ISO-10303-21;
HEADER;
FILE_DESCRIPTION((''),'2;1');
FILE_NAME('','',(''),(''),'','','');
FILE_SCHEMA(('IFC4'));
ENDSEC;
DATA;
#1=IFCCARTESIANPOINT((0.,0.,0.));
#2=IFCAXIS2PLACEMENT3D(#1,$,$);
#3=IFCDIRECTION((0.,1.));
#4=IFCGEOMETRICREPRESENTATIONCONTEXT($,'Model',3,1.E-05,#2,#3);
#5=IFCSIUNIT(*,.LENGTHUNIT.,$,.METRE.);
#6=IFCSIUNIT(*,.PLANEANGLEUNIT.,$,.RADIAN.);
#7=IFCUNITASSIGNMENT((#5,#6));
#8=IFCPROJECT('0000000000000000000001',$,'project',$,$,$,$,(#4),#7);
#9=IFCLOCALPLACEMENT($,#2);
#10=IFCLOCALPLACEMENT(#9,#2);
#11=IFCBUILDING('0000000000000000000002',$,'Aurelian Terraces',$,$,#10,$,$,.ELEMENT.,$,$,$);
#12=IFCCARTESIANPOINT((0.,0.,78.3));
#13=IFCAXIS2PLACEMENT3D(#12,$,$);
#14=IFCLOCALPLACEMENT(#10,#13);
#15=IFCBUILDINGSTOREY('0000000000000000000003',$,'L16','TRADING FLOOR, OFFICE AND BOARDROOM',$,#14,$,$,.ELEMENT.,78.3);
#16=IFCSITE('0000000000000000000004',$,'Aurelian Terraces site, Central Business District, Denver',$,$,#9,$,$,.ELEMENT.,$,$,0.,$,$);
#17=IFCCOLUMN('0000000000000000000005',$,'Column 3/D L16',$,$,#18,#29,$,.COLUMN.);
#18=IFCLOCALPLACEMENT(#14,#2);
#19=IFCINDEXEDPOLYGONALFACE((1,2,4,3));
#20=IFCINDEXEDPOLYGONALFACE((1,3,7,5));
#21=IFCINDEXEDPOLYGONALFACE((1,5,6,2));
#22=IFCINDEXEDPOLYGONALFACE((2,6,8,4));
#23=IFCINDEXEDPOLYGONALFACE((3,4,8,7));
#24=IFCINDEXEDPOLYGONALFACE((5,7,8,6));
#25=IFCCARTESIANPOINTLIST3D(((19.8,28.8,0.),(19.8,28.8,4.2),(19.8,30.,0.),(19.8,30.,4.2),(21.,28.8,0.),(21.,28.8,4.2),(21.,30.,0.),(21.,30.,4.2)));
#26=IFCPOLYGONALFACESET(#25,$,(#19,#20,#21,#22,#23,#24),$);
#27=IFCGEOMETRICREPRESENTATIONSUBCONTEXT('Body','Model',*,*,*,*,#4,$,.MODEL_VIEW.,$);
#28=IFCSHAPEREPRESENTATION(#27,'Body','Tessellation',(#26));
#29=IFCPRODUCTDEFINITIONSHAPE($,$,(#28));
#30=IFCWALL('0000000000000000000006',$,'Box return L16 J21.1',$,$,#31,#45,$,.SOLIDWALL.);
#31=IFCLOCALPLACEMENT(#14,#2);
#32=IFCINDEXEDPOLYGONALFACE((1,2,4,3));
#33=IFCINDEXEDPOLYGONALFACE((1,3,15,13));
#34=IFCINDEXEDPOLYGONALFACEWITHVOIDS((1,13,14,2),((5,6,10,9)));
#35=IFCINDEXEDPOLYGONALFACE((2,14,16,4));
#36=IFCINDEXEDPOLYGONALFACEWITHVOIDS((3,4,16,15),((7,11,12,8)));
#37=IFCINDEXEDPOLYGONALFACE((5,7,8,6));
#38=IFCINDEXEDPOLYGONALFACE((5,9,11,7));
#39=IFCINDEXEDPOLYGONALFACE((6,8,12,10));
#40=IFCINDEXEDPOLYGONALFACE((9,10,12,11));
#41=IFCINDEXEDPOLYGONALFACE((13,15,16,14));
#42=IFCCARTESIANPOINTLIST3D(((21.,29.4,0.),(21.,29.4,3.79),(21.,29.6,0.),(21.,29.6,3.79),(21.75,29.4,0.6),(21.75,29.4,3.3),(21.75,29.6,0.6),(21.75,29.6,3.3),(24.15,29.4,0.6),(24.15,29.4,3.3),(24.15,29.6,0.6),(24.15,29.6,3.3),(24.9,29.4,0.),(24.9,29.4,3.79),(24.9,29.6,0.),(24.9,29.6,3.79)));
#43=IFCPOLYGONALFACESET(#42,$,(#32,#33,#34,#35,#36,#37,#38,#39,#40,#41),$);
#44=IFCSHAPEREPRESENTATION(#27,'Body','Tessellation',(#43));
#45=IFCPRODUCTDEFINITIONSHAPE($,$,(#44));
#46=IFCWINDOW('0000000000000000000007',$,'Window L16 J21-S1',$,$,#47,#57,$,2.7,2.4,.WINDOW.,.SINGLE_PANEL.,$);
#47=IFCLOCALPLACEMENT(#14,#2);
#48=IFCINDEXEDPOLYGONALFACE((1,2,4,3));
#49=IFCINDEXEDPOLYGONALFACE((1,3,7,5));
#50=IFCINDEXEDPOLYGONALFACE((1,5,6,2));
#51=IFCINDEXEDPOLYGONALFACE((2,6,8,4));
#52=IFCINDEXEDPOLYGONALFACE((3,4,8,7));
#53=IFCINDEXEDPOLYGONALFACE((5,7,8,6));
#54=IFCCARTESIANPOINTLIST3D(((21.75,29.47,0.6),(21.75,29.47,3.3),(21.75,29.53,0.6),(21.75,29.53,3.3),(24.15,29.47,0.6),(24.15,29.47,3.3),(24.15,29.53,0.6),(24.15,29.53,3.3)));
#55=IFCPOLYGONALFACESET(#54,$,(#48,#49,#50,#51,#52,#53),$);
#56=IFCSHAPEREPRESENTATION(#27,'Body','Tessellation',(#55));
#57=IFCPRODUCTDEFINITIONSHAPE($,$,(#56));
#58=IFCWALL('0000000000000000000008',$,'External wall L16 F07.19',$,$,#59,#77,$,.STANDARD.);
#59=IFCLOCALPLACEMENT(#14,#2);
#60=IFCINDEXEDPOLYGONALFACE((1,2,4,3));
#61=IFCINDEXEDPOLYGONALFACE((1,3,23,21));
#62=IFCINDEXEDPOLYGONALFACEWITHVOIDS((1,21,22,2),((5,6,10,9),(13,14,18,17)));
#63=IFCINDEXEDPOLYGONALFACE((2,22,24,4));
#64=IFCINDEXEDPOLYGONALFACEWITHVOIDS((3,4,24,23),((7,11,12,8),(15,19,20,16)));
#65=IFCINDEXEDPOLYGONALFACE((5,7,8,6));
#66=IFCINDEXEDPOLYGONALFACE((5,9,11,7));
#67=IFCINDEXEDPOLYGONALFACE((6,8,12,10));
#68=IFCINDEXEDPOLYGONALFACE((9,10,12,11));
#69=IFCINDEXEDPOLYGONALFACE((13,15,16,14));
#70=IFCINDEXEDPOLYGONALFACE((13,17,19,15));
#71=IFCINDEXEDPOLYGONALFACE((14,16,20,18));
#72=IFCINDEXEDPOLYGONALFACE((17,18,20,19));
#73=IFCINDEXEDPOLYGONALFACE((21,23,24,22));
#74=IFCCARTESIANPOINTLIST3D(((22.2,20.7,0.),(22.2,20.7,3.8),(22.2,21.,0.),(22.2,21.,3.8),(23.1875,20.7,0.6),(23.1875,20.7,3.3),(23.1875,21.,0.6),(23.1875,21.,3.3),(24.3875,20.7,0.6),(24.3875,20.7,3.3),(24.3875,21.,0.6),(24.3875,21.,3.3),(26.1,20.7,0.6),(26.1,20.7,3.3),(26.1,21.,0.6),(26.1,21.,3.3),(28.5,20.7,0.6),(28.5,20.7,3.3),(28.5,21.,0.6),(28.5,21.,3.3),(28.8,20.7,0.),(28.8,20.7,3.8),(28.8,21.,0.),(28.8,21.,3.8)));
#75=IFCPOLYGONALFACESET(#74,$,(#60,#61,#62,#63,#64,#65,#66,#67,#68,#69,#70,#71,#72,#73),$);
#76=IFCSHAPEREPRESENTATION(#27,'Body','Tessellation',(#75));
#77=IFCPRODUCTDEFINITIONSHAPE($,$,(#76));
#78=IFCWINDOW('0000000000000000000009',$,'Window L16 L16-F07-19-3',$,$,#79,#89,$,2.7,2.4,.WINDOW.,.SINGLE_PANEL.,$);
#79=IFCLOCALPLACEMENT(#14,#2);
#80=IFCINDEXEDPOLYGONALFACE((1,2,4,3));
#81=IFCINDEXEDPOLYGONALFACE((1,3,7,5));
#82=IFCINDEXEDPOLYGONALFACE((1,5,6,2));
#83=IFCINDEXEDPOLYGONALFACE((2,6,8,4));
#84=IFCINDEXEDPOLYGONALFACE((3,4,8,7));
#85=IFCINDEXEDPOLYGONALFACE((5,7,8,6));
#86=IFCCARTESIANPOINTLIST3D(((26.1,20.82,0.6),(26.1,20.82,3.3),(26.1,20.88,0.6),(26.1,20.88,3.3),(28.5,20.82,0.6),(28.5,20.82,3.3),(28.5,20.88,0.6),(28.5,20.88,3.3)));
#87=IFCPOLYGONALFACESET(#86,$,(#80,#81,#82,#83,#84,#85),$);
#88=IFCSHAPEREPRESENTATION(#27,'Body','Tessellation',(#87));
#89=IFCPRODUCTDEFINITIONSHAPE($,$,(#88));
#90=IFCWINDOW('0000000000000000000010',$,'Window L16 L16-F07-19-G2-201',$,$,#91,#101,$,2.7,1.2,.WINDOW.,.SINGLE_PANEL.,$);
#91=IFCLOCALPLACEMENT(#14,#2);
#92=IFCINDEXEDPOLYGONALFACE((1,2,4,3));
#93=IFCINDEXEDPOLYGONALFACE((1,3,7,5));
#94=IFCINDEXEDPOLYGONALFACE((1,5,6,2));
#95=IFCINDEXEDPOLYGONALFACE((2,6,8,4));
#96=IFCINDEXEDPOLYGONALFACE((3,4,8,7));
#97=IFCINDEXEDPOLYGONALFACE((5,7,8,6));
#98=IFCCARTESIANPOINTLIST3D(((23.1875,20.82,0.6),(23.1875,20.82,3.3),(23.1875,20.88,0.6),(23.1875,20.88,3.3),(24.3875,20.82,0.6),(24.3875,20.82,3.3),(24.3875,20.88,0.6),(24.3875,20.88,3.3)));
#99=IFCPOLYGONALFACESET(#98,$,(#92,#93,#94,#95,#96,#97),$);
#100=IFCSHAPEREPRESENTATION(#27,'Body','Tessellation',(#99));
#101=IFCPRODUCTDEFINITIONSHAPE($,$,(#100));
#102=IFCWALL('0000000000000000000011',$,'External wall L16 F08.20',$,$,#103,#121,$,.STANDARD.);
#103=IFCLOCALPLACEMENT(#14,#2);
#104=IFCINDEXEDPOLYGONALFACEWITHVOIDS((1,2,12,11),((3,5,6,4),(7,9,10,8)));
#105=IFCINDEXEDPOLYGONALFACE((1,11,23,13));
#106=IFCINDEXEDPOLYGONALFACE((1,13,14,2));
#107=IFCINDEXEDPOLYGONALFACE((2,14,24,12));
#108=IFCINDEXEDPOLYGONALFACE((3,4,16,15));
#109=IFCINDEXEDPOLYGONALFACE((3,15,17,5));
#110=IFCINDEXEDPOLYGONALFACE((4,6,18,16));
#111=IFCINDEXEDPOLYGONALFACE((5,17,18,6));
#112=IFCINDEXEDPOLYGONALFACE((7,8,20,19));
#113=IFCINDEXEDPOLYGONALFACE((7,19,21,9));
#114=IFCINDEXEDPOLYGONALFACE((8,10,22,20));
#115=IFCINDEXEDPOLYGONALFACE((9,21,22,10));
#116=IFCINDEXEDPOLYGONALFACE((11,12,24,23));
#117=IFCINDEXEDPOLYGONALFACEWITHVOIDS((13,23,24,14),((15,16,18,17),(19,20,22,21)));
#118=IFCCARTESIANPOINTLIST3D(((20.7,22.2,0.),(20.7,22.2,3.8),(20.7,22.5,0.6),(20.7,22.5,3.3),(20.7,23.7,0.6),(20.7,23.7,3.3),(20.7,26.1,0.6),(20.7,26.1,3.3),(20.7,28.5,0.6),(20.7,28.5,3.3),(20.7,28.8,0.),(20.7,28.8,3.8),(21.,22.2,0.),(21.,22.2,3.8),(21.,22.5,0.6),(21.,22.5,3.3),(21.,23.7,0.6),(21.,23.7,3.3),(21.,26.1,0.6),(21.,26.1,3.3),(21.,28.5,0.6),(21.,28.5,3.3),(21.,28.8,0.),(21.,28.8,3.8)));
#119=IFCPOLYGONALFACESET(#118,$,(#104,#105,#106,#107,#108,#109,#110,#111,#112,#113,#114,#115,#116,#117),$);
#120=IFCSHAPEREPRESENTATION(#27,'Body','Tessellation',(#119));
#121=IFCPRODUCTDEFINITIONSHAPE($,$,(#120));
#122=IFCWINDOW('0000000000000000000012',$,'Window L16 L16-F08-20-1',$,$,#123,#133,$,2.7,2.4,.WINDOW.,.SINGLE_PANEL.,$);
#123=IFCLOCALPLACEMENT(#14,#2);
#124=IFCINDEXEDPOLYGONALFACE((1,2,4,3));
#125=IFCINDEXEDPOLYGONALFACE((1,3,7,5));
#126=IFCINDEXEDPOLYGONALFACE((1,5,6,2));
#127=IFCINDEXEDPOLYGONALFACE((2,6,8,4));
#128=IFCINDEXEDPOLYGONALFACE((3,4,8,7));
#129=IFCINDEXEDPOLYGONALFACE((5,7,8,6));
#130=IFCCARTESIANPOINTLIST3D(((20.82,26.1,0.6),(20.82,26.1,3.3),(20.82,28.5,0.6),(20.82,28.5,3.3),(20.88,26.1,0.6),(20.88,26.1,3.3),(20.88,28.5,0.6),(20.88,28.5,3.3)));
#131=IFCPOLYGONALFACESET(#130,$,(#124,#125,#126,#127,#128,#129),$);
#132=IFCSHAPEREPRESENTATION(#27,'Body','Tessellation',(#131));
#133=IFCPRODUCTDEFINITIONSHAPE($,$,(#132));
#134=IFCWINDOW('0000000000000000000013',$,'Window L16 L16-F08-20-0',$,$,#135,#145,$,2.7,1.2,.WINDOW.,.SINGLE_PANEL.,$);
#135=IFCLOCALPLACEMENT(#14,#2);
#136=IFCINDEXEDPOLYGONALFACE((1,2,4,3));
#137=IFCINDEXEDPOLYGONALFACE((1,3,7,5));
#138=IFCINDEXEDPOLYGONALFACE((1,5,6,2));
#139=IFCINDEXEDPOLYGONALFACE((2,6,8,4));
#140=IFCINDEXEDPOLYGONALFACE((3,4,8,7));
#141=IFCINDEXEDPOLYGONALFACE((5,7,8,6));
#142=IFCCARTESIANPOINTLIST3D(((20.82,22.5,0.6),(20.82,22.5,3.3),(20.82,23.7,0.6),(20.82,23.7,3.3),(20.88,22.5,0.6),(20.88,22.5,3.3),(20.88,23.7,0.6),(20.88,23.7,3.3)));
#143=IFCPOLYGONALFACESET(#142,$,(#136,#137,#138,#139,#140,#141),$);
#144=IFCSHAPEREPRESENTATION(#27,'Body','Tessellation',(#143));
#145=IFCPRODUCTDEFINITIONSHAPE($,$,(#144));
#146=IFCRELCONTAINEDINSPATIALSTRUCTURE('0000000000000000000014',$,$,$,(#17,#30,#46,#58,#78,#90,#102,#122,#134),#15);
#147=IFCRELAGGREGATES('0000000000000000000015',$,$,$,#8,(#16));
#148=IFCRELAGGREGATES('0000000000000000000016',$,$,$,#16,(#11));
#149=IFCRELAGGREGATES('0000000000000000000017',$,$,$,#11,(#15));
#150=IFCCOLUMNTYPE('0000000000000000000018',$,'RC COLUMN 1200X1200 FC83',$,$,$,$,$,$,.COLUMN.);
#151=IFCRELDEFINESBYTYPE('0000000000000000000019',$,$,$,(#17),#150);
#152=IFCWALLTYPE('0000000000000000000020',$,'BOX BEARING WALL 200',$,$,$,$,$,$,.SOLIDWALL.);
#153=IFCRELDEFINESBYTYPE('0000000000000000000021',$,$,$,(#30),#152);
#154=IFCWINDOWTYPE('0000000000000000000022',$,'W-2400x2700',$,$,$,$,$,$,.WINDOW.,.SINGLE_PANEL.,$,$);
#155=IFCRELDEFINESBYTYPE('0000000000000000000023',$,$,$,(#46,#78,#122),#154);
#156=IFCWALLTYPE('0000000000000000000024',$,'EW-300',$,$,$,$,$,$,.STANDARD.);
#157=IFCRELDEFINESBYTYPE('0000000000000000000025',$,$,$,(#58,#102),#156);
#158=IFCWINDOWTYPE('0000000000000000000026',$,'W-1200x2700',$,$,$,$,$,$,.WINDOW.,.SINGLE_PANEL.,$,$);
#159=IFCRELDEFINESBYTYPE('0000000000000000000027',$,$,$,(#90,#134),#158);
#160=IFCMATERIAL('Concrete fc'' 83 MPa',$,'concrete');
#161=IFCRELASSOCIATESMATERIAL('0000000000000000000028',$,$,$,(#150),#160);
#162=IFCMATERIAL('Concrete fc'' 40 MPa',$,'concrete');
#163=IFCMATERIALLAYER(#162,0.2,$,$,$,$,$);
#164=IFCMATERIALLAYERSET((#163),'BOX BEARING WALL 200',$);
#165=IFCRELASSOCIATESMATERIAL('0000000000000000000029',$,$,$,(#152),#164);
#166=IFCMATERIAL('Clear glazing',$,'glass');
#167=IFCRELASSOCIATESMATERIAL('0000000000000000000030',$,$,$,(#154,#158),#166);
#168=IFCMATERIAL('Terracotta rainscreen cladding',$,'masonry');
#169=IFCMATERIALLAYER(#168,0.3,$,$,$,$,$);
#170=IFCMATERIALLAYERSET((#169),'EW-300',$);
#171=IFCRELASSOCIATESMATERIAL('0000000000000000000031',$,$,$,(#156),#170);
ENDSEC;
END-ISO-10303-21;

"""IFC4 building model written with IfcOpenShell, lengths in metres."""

from ifc_helpers import new_model, si_unit, direction, frame, frame_2d, origin, origin_2d, place, context, subcontext, project, spatial, rectangle, extrude, source, transform, mapped, material, layer, layer_set, material_profile, profile_set, type_object, element, fill, save


model = new_model("IFC4")

# Units and contexts
model_context = context("Model", 3, precision=1e-05, world=origin(), true_north=direction((0.0, 1.0)))
body_context = subcontext(model_context, "Body", "Model", "MODEL_VIEW")
ifc_project = project(units=[si_unit("LENGTHUNIT", "METRE"), si_unit("PLANEANGLEUNIT", "RADIAN")], contexts=[model_context])

# Site, building, storey
site_placement = place(None, origin())
site = spatial("IfcSite", under=ifc_project, at=site_placement, Name="Aurelian Terraces site, Central Business District, Denver", CompositionType="ELEMENT", RefElevation=0.0)
building_placement = place(site_placement, origin())
building = spatial("IfcBuilding", under=site, at=building_placement, Name="Aurelian Terraces", CompositionType="ELEMENT")
storey_placement = place(building_placement, frame((0.0, 0.0, 78.3)))
storey = spatial("IfcBuildingStorey", under=building, at=storey_placement, Name="L16", Description="TRADING FLOOR, OFFICE AND BOARDROOM", CompositionType="ELEMENT", Elevation=78.3)

# Column
ifc_material_1 = material(Name="Concrete fc' 83 MPa", Category="concrete")
ifc_material_profile = material_profile(ifc_material_1, rectangle(XDim=1.2, YDim=1.2, at=origin_2d()))
ifc_profile_set = profile_set([ifc_material_profile], Name="Concrete fc' 83 MPa")
column_type = type_object("IfcColumnType", Name="RC COLUMN 1200X1200 FC83", PredefinedType="COLUMN", material=ifc_profile_set)
shared_shape_1 = source(origin(), body_context, "Body", "SweptSolid", [
    extrude(rectangle(XDim=1.2, YDim=1.2, at=origin_2d()), origin(), (0.0, 0.0, 1.0), 4.2),
])
column_placement = place(storey_placement, frame((20.4, 29.4, 0.0), z_axis=(0.0, 0.0, 1.0), x_axis=(1.0, 0.0, 0.0)))
element("IfcColumn", 1, at=column_placement, inside=storey, type_object=column_type, Name="Column 3/D L16", PredefinedType="COLUMN", context=body_context, shape_type="MappedRepresentation", body=[
    mapped(shared_shape_1, transform((0.0, 0.0, 0.0), scale=1.0)),
])

# Wall, opening, window
ifc_material_2 = material(Name="Concrete fc' 40 MPa", Category="concrete")
ifc_layer_1 = layer(ifc_material_2, 0.2)
ifc_layer_set_1 = layer_set([ifc_layer_1], Name="BOX BEARING WALL 200")
wall_type_1 = type_object("IfcWallType", Name="BOX BEARING WALL 200", PredefinedType="SOLIDWALL", material=ifc_layer_set_1)
shared_shape_2 = source(origin(), body_context, "Body", "SweptSolid", [
    extrude(rectangle(XDim=3.9, YDim=0.2, at=frame_2d((1.95, 0.0))), origin(), (0.0, 0.0, 1.0), 3.79),
])
wall_1_placement = place(storey_placement, frame((21.0, 29.5, 0.0), z_axis=(0.0, 0.0, 1.0), x_axis=(1.0, 0.0, 0.0)))
wall_1 = element("IfcWall", 2, at=wall_1_placement, inside=storey, type_object=wall_type_1, Name="Box return L16 J21.1", PredefinedType="SOLIDWALL", context=body_context, shape_type="MappedRepresentation", body=[
    mapped(shared_shape_2, transform((0.0, 0.0, 0.0), scale=1.0)),
])
shared_shape_3 = source(origin(), body_context, "Body", "SweptSolid", [
    extrude(rectangle(XDim=2.4, YDim=2.7, at=frame_2d((1.2, 1.35))), frame((0.0, 0.11, 0.0), z_axis=(0.0, -1.0, 0.0), x_axis=(1.0, 0.0, 0.0)), (0.0, 0.0, 1.0), 0.22),
])
opening_1_placement = place(wall_1_placement, frame((0.75, 0.0, 0.6)))
opening_1 = element("IfcOpeningElement", 3, at=opening_1_placement, cuts=wall_1, PredefinedType="OPENING", context=body_context, shape_type="MappedRepresentation", body=[
    mapped(shared_shape_3, transform((0.0, 0.0, 0.0), scale=1.0)),
])
ifc_material_3 = material(Name="Clear glazing", Category="glass")
window_type_1 = type_object("IfcWindowType", Name="W-2400x2700", PartitioningType="SINGLE_PANEL", PredefinedType="WINDOW", material=ifc_material_3)
shared_shape_4 = source(origin(), body_context, "Body", "SweptSolid", [
    extrude(rectangle(XDim=2.4, YDim=2.7, at=frame_2d((1.2, 1.35))), frame((0.0, 0.03, 0.0), z_axis=(0.0, -1.0, 0.0), x_axis=(1.0, 0.0, 0.0)), (0.0, 0.0, 1.0), 0.06),
])
window_1_placement = place(opening_1_placement, origin())
window_1 = element("IfcWindow", 4, at=window_1_placement, inside=storey, type_object=window_type_1, Name="Window L16 J21-S1", OverallHeight=2.7, OverallWidth=2.4, PartitioningType="SINGLE_PANEL", PredefinedType="WINDOW", context=body_context, shape_type="MappedRepresentation", body=[
    mapped(shared_shape_4, transform((0.0, 0.0, 0.0), scale=1.0)),
])
fill(opening_1, window_1)

# Walls, openings, windows
ifc_material_4 = material(Name="Terracotta rainscreen cladding", Category="masonry")
ifc_layer_2 = layer(ifc_material_4, 0.3)
ifc_layer_set_2 = layer_set([ifc_layer_2], Name="EW-300")
wall_type_2 = type_object("IfcWallType", Name="EW-300", PredefinedType="STANDARD", material=ifc_layer_set_2)
shared_shape_5 = source(origin(), body_context, "Body", "SweptSolid", [
    extrude(rectangle(XDim=6.6, YDim=0.3, at=frame_2d((3.3, 0.0))), origin(), (0.0, 0.0, 1.0), 3.8),
])
wall_2_placement = place(storey_placement, frame((28.8, 20.85, 0.0), z_axis=(0.0, 0.0, 1.0), x_axis=(-1.0, 0.0, 0.0)))
wall_2 = element("IfcWall", 5, at=wall_2_placement, inside=storey, type_object=wall_type_2, Name="External wall L16 F07.19", PredefinedType="STANDARD", context=body_context, shape_type="MappedRepresentation", body=[
    mapped(shared_shape_5, transform((0.0, 0.0, 0.0), scale=1.0)),
])
shared_shape_6 = source(origin(), body_context, "Body", "SweptSolid", [
    extrude(rectangle(XDim=2.4, YDim=2.7, at=frame_2d((1.2, 1.35))), frame((0.0, 0.16, 0.0), z_axis=(0.0, -1.0, 0.0), x_axis=(1.0, 0.0, 0.0)), (0.0, 0.0, 1.0), 0.32),
])
opening_2_placement = place(wall_2_placement, frame((0.3, 0.0, 0.6)))
opening_2 = element("IfcOpeningElement", 6, at=opening_2_placement, cuts=wall_2, PredefinedType="OPENING", context=body_context, shape_type="MappedRepresentation", body=[
    mapped(shared_shape_6, transform((0.0, 0.0, 0.0), scale=1.0)),
])
shared_shape_7 = source(origin(), body_context, "Body", "SweptSolid", [
    extrude(rectangle(XDim=1.2, YDim=2.7, at=frame_2d((0.6, 1.35))), frame((0.0, 0.16, 0.0), z_axis=(0.0, -1.0, 0.0), x_axis=(1.0, 0.0, 0.0)), (0.0, 0.0, 1.0), 0.32),
])
opening_3_placement = place(wall_2_placement, frame((4.4125, 0.0, 0.6)))
opening_3 = element("IfcOpeningElement", 7, at=opening_3_placement, cuts=wall_2, PredefinedType="OPENING", context=body_context, shape_type="MappedRepresentation", body=[
    mapped(shared_shape_7, transform((0.0, 0.0, 0.0), scale=1.0)),
])
window_2_placement = place(opening_2_placement, origin())
window_2 = element("IfcWindow", 8, at=window_2_placement, inside=storey, type_object=window_type_1, Name="Window L16 L16-F07-19-3", OverallHeight=2.7, OverallWidth=2.4, PartitioningType="SINGLE_PANEL", PredefinedType="WINDOW", context=body_context, shape_type="MappedRepresentation", body=[
    mapped(shared_shape_4, transform((0.0, 0.0, 0.0), scale=1.0)),
])
fill(opening_2, window_2)
window_type_2 = type_object("IfcWindowType", Name="W-1200x2700", PartitioningType="SINGLE_PANEL", PredefinedType="WINDOW", material=ifc_material_3)
shared_shape_8 = source(origin(), body_context, "Body", "SweptSolid", [
    extrude(rectangle(XDim=1.2, YDim=2.7, at=frame_2d((0.6, 1.35))), frame((0.0, 0.03, 0.0), z_axis=(0.0, -1.0, 0.0), x_axis=(1.0, 0.0, 0.0)), (0.0, 0.0, 1.0), 0.06),
])
window_3_placement = place(opening_3_placement, origin())
window_3 = element("IfcWindow", 9, at=window_3_placement, inside=storey, type_object=window_type_2, Name="Window L16 L16-F07-19-G2-201", OverallHeight=2.7, OverallWidth=1.2, PartitioningType="SINGLE_PANEL", PredefinedType="WINDOW", context=body_context, shape_type="MappedRepresentation", body=[
    mapped(shared_shape_8, transform((0.0, 0.0, 0.0), scale=1.0)),
])
fill(opening_3, window_3)
wall_3_placement = place(storey_placement, frame((20.85, 22.2, 0.0), z_axis=(0.0, 0.0, 1.0), x_axis=(0.0, 1.0, 0.0)))
wall_3 = element("IfcWall", 10, at=wall_3_placement, inside=storey, type_object=wall_type_2, Name="External wall L16 F08.20", PredefinedType="STANDARD", context=body_context, shape_type="MappedRepresentation", body=[
    mapped(shared_shape_5, transform((0.0, 0.0, 0.0), scale=1.0)),
])
opening_4_placement = place(wall_3_placement, frame((0.3, 0.0, 0.6)))
opening_4 = element("IfcOpeningElement", 11, at=opening_4_placement, cuts=wall_3, PredefinedType="OPENING", context=body_context, shape_type="MappedRepresentation", body=[
    mapped(shared_shape_7, transform((0.0, 0.0, 0.0), scale=1.0)),
])
opening_5_placement = place(wall_3_placement, frame((3.9, 0.0, 0.6)))
opening_5 = element("IfcOpeningElement", 12, at=opening_5_placement, cuts=wall_3, PredefinedType="OPENING", context=body_context, shape_type="MappedRepresentation", body=[
    mapped(shared_shape_6, transform((0.0, 0.0, 0.0), scale=1.0)),
])
window_4_placement = place(opening_5_placement, origin())
window_4 = element("IfcWindow", 13, at=window_4_placement, inside=storey, type_object=window_type_1, Name="Window L16 L16-F08-20-1", OverallHeight=2.7, OverallWidth=2.4, PartitioningType="SINGLE_PANEL", PredefinedType="WINDOW", context=body_context, shape_type="MappedRepresentation", body=[
    mapped(shared_shape_4, transform((0.0, 0.0, 0.0), scale=1.0)),
])
fill(opening_5, window_4)
window_5_placement = place(opening_4_placement, origin())
window_5 = element("IfcWindow", 14, at=window_5_placement, inside=storey, type_object=window_type_2, Name="Window L16 L16-F08-20-0", OverallHeight=2.7, OverallWidth=1.2, PartitioningType="SINGLE_PANEL", PredefinedType="WINDOW", context=body_context, shape_type="MappedRepresentation", body=[
    mapped(shared_shape_8, transform((0.0, 0.0, 0.0), scale=1.0)),
])
fill(opening_4, window_5)

save(model, "model.ifc")
